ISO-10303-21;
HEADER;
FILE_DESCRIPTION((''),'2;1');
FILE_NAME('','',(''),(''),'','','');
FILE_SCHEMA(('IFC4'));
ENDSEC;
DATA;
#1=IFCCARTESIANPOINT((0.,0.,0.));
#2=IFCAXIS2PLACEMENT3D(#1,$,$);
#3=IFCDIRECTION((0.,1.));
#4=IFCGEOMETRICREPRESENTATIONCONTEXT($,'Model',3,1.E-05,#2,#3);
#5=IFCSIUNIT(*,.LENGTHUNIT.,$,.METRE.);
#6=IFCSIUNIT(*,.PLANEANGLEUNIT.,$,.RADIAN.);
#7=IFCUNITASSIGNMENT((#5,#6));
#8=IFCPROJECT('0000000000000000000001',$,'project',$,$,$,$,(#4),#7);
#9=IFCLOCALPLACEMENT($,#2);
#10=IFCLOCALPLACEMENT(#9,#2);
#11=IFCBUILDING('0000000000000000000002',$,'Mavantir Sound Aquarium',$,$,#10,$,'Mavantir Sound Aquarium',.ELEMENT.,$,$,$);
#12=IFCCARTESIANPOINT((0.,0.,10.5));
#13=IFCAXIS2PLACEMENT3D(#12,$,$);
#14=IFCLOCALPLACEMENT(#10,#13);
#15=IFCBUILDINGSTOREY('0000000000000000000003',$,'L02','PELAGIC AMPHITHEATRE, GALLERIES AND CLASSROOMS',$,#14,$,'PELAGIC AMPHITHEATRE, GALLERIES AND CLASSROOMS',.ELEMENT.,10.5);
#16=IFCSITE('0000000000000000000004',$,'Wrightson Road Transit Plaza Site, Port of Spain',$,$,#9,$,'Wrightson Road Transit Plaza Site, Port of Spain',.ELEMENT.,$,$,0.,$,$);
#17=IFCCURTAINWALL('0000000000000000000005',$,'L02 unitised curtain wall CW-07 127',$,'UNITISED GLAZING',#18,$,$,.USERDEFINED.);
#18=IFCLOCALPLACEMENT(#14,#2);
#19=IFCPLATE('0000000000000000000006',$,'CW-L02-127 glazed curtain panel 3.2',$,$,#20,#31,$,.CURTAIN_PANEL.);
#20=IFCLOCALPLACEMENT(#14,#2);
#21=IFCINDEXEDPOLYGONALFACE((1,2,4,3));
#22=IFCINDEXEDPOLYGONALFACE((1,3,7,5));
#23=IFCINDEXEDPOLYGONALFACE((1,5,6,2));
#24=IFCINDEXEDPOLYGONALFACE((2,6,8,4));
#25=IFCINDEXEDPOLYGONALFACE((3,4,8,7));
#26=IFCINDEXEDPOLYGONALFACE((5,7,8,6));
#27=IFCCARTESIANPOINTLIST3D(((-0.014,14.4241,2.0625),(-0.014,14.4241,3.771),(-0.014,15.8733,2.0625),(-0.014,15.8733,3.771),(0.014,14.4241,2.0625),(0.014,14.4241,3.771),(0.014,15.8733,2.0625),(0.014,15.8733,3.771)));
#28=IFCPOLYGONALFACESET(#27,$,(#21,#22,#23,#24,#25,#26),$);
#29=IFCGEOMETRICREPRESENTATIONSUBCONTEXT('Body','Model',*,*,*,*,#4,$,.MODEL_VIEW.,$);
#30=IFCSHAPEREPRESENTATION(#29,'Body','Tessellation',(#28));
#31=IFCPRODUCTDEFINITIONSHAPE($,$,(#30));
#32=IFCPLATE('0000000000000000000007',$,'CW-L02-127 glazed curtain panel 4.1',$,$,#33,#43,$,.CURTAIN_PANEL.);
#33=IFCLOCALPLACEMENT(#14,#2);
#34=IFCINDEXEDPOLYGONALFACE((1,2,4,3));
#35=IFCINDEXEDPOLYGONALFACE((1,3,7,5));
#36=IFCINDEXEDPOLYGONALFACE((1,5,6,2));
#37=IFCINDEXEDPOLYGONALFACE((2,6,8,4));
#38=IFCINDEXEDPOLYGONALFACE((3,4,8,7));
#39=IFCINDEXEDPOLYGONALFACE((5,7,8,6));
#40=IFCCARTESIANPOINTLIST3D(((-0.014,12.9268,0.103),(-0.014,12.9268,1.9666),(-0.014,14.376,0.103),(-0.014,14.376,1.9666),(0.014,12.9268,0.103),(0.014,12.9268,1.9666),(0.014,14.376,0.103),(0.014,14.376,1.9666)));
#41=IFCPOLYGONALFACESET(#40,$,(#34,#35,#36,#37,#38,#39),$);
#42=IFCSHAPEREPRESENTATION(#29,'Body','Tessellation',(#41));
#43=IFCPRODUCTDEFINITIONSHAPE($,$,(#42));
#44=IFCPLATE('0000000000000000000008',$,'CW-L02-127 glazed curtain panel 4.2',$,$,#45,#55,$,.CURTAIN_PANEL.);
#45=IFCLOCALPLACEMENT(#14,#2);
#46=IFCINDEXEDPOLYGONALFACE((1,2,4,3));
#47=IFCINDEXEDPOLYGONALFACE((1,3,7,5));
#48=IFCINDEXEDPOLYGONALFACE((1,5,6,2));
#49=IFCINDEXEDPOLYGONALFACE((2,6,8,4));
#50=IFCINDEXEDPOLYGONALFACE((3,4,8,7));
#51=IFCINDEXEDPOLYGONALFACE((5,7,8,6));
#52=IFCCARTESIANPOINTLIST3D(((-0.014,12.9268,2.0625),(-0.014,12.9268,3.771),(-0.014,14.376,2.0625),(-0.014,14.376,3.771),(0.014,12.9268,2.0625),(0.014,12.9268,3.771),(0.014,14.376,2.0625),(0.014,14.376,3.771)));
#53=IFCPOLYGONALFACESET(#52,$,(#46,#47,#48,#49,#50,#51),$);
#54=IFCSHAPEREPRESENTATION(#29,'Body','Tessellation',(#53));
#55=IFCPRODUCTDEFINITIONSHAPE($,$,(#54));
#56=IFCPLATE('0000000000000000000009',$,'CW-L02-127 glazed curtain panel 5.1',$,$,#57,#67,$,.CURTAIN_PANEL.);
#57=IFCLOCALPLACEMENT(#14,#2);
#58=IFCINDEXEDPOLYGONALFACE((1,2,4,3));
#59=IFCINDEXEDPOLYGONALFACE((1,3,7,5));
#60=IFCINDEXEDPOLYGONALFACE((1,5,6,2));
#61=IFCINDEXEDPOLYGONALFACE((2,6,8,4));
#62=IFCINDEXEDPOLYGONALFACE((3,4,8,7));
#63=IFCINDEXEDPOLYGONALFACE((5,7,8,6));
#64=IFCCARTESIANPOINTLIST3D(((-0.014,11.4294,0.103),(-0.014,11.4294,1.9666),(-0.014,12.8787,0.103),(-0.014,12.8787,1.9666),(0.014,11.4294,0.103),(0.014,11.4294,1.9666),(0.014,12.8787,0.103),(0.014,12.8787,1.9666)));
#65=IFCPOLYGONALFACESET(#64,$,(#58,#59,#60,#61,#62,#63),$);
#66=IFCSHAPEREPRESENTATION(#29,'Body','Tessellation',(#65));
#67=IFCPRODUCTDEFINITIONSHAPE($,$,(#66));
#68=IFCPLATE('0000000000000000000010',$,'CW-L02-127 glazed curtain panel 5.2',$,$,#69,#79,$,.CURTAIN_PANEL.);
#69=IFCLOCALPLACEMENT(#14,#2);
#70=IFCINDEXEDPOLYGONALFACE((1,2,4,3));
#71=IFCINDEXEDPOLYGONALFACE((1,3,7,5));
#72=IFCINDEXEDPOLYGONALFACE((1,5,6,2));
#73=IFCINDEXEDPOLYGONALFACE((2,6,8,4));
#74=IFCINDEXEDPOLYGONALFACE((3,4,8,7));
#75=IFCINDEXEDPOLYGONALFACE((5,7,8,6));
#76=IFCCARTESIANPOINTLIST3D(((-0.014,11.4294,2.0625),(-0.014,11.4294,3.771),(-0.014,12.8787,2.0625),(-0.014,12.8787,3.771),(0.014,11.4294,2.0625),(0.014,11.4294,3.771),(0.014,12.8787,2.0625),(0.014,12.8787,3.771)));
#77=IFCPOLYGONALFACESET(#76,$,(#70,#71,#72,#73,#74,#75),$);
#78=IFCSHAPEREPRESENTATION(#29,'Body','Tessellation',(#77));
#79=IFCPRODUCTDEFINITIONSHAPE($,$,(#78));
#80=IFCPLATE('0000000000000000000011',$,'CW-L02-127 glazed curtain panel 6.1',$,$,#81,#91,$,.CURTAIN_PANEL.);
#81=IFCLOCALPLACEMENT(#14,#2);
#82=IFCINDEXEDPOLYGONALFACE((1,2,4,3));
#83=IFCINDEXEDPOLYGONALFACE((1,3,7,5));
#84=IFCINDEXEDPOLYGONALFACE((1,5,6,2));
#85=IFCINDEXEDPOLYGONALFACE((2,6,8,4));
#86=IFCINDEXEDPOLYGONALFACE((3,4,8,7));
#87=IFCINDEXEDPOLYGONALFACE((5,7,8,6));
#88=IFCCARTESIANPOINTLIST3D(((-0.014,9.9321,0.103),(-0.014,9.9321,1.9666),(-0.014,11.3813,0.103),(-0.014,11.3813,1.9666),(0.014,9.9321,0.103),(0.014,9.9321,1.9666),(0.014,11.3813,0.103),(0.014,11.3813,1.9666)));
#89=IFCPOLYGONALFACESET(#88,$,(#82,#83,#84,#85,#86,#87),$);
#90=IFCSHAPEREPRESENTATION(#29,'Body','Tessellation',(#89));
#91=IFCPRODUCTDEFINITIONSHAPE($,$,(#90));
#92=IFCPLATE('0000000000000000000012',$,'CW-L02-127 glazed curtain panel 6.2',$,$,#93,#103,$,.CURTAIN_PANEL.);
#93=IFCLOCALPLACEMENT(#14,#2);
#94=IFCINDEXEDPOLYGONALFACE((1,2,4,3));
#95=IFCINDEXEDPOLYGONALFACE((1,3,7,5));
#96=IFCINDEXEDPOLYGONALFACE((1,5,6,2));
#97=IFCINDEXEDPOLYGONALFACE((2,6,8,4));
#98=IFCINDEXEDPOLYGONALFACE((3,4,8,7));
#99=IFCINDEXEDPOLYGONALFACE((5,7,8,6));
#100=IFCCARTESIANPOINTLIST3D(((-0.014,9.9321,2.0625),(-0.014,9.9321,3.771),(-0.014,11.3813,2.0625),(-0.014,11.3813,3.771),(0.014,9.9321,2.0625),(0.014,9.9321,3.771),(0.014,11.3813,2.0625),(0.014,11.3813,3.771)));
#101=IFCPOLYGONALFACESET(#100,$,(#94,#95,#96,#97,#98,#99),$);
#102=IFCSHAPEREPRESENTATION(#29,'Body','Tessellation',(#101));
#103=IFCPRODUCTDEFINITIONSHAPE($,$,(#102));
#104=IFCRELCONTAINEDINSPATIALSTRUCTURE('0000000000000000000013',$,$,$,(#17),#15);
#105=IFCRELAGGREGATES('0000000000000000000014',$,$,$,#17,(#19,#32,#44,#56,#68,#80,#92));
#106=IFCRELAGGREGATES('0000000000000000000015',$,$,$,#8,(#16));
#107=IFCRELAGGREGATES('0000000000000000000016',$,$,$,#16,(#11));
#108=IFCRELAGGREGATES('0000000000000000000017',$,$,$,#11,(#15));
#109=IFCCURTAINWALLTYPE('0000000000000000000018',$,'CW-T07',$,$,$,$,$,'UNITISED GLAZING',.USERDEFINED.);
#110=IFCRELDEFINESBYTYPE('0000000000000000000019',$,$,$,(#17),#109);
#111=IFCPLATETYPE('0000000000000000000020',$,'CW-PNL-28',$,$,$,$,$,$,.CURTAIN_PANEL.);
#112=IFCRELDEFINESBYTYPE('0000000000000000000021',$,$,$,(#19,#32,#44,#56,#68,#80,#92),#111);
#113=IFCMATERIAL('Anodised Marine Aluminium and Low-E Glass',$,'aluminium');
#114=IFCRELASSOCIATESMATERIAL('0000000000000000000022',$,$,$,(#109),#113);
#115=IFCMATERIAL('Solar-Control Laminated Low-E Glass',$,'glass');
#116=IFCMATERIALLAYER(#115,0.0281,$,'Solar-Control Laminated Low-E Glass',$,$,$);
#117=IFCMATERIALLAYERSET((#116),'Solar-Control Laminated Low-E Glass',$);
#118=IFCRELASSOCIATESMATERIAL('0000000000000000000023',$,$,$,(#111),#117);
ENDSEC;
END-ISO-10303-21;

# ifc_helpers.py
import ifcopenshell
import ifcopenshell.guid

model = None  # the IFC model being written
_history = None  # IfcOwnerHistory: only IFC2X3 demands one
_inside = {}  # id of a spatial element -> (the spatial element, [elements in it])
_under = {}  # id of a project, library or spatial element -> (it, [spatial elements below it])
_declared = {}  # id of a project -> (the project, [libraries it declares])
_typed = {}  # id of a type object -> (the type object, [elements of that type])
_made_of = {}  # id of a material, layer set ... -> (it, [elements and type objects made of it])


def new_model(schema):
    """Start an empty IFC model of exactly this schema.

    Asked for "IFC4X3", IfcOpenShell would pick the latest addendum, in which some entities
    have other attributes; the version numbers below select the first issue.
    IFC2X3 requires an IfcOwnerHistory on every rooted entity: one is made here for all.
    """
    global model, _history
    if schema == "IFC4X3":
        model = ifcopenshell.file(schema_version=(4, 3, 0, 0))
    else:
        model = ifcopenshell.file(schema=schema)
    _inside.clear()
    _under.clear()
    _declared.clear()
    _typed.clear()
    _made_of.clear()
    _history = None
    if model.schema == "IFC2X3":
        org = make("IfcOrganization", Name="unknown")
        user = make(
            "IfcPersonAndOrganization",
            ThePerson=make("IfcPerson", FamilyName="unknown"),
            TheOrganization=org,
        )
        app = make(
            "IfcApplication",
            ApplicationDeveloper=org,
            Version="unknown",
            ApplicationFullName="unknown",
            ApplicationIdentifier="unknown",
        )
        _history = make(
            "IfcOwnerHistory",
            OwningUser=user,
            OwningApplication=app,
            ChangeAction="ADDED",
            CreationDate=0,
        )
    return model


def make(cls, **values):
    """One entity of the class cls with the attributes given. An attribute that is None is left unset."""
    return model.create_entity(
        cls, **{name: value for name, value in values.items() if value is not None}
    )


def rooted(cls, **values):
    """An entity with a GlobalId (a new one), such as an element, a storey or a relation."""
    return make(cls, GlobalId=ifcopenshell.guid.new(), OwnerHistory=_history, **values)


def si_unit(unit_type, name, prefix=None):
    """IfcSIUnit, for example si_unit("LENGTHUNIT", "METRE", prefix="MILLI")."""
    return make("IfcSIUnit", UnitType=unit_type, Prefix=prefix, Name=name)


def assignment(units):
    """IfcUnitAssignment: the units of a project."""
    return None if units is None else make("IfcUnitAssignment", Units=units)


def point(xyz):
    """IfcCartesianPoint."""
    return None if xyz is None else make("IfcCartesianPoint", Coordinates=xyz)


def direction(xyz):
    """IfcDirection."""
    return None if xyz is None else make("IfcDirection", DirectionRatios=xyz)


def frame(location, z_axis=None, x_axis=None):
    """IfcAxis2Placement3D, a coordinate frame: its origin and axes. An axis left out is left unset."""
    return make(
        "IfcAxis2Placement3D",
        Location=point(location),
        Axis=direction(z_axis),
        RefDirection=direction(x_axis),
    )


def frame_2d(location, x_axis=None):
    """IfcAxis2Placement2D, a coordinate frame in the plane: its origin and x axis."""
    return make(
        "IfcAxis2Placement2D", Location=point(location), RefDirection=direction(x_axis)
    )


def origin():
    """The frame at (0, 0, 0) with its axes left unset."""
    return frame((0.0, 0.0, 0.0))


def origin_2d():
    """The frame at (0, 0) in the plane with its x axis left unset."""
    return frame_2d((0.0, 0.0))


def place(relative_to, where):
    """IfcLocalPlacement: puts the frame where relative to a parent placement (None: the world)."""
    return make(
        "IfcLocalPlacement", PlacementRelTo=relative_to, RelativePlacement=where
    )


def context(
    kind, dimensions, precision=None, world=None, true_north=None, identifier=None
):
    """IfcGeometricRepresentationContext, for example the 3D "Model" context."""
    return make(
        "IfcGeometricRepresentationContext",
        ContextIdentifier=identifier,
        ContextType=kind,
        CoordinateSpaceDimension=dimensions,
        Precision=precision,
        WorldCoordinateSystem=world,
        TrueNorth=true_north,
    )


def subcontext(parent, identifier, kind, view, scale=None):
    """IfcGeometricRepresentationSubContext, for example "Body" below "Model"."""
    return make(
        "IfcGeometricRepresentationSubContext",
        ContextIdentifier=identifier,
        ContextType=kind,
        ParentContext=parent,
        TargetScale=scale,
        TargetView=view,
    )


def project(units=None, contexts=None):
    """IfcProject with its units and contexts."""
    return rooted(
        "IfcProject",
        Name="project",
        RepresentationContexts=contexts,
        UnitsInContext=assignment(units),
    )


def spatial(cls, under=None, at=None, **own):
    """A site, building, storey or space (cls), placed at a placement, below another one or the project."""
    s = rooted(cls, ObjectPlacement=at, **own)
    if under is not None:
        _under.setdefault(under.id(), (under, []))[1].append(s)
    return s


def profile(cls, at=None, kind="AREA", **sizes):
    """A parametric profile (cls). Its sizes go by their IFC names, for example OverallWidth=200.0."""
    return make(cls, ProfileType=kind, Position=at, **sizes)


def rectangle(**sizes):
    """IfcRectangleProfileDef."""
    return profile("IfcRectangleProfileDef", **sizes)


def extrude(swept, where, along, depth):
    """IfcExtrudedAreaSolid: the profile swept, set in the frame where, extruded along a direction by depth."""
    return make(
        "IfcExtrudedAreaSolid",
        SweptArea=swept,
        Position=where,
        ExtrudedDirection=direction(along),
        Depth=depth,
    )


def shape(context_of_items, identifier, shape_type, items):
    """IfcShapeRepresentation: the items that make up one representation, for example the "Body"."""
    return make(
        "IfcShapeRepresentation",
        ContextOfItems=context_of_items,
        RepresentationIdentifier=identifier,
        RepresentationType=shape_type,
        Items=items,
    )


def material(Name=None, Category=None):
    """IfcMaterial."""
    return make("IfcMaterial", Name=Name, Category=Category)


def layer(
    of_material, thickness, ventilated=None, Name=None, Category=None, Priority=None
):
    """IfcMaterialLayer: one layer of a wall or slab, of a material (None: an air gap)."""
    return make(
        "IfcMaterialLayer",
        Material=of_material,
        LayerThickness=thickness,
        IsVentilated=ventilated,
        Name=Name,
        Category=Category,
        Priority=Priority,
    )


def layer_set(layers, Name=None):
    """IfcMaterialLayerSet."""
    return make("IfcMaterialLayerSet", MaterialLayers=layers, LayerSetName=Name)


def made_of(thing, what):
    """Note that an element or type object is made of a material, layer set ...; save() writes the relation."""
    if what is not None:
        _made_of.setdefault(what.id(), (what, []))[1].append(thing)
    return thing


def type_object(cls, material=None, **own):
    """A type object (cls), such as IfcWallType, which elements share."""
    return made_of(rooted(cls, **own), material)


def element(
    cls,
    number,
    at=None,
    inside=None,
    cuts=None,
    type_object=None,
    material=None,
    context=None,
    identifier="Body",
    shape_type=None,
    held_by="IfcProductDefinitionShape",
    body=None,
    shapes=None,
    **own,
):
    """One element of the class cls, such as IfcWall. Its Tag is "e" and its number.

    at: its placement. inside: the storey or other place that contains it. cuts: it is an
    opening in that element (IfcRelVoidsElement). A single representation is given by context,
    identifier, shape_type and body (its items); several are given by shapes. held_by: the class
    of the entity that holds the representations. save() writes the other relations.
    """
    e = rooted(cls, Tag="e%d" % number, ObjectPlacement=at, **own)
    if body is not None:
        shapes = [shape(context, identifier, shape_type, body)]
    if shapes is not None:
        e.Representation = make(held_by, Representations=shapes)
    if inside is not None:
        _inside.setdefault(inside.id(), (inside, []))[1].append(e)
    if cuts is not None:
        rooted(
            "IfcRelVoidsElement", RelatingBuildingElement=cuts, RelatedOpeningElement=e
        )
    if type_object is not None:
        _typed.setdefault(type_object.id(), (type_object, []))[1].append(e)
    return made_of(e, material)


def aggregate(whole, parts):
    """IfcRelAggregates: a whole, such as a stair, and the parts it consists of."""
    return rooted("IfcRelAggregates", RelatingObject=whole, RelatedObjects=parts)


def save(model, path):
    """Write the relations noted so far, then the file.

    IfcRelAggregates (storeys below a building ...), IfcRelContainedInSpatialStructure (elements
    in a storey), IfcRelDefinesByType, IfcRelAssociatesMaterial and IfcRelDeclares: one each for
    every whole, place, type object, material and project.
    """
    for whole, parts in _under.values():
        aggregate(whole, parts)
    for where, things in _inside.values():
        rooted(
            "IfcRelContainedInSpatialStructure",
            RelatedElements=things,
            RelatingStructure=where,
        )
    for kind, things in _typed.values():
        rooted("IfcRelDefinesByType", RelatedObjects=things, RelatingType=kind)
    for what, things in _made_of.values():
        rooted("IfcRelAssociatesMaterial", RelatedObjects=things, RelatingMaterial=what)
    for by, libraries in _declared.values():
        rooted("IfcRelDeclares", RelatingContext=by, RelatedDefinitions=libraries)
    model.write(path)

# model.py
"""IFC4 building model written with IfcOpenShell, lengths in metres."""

from ifc_helpers import new_model, si_unit, direction, frame, origin, origin_2d, place, context, subcontext, project, spatial, rectangle, extrude, material, layer, layer_set, type_object, element, aggregate, save


model = new_model("IFC4")

# Units and contexts
model_context = context("Model", 3, precision=1e-05, world=origin(), true_north=direction((0.0, 1.0)))
body_context = subcontext(model_context, "Body", "Model", "MODEL_VIEW")
ifc_project = project(units=[si_unit("LENGTHUNIT", "METRE"), si_unit("PLANEANGLEUNIT", "RADIAN")], contexts=[model_context])

# Site, building, storey
site_placement = place(None, origin())
site = spatial("IfcSite", under=ifc_project, at=site_placement, Name="Wrightson Road Transit Plaza Site, Port of Spain", LongName="Wrightson Road Transit Plaza Site, Port of Spain", CompositionType="ELEMENT", RefElevation=0.0)
building_placement = place(site_placement, origin())
building = spatial("IfcBuilding", under=site, at=building_placement, Name="Mavantir Sound Aquarium", LongName="Mavantir Sound Aquarium", CompositionType="ELEMENT")
storey_placement = place(building_placement, frame((0.0, 0.0, 10.5)))
storey = spatial("IfcBuildingStorey", under=building, at=storey_placement, Name="L02", Description="PELAGIC AMPHITHEATRE, GALLERIES AND CLASSROOMS", LongName="PELAGIC AMPHITHEATRE, GALLERIES AND CLASSROOMS", CompositionType="ELEMENT", Elevation=10.5)

# Curtain wall, plates
ifc_material_1 = material(Name="Anodised Marine Aluminium and Low-E Glass", Category="aluminium")
curtain_wall_type = type_object("IfcCurtainWallType", Name="CW-T07", ElementType="UNITISED GLAZING", PredefinedType="USERDEFINED", material=ifc_material_1)
curtain_wall_placement = place(storey_placement, origin())
curtain_wall = element("IfcCurtainWall", 1, at=curtain_wall_placement, inside=storey, type_object=curtain_wall_type, Name="L02 unitised curtain wall CW-07 127", ObjectType="UNITISED GLAZING", PredefinedType="USERDEFINED")
ifc_material_2 = material(Name="Solar-Control Laminated Low-E Glass", Category="glass")
ifc_layer = layer(ifc_material_2, 0.0281, Name="Solar-Control Laminated Low-E Glass")
ifc_layer_set = layer_set([ifc_layer], Name="Solar-Control Laminated Low-E Glass")
plate_type = type_object("IfcPlateType", Name="CW-PNL-28", PredefinedType="CURTAIN_PANEL", material=ifc_layer_set)
plate_1_placement = place(storey_placement, frame((0.0, 15.1487, 2.0625), z_axis=(0.0, 0.0, 1.0), x_axis=(0.0, -1.0, 0.0)))
plate_1 = element("IfcPlate", 2, at=plate_1_placement, type_object=plate_type, Name="CW-L02-127 glazed curtain panel 3.2", PredefinedType="CURTAIN_PANEL", context=body_context, shape_type="SweptSolid", body=[
    extrude(rectangle(XDim=1.4492, YDim=0.0281, at=origin_2d()), origin(), (0.0, 0.0, 1.0), 1.7085),
])
plate_2_placement = place(storey_placement, frame((0.0, 13.6514, 0.103), z_axis=(0.0, 0.0, 1.0), x_axis=(0.0, -1.0, 0.0)))
plate_2 = element("IfcPlate", 3, at=plate_2_placement, type_object=plate_type, Name="CW-L02-127 glazed curtain panel 4.1", PredefinedType="CURTAIN_PANEL", context=body_context, shape_type="SweptSolid", body=[
    extrude(rectangle(XDim=1.4492, YDim=0.0281, at=origin_2d()), origin(), (0.0, 0.0, 1.0), 1.8635),
])
plate_3_placement = place(storey_placement, frame((0.0, 13.6514, 2.0625), z_axis=(0.0, 0.0, 1.0), x_axis=(0.0, -1.0, 0.0)))
plate_3 = element("IfcPlate", 4, at=plate_3_placement, type_object=plate_type, Name="CW-L02-127 glazed curtain panel 4.2", PredefinedType="CURTAIN_PANEL", context=body_context, shape_type="SweptSolid", body=[
    extrude(rectangle(XDim=1.4492, YDim=0.0281, at=origin_2d()), origin(), (0.0, 0.0, 1.0), 1.7085),
])
plate_4_placement = place(storey_placement, frame((0.0, 12.1541, 0.103), z_axis=(0.0, 0.0, 1.0), x_axis=(0.0, -1.0, 0.0)))
plate_4 = element("IfcPlate", 5, at=plate_4_placement, type_object=plate_type, Name="CW-L02-127 glazed curtain panel 5.1", PredefinedType="CURTAIN_PANEL", context=body_context, shape_type="SweptSolid", body=[
    extrude(rectangle(XDim=1.4492, YDim=0.0281, at=origin_2d()), origin(), (0.0, 0.0, 1.0), 1.8635),
])
plate_5_placement = place(storey_placement, frame((0.0, 12.1541, 2.0625), z_axis=(0.0, 0.0, 1.0), x_axis=(0.0, -1.0, 0.0)))
plate_5 = element("IfcPlate", 6, at=plate_5_placement, type_object=plate_type, Name="CW-L02-127 glazed curtain panel 5.2", PredefinedType="CURTAIN_PANEL", context=body_context, shape_type="SweptSolid", body=[
    extrude(rectangle(XDim=1.4492, YDim=0.0281, at=origin_2d()), origin(), (0.0, 0.0, 1.0), 1.7085),
])
plate_6_placement = place(storey_placement, frame((0.0, 10.6567, 0.103), z_axis=(0.0, 0.0, 1.0), x_axis=(0.0, -1.0, 0.0)))
plate_6 = element("IfcPlate", 7, at=plate_6_placement, type_object=plate_type, Name="CW-L02-127 glazed curtain panel 6.1", PredefinedType="CURTAIN_PANEL", context=body_context, shape_type="SweptSolid", body=[
    extrude(rectangle(XDim=1.4492, YDim=0.0281, at=origin_2d()), origin(), (0.0, 0.0, 1.0), 1.8635),
])
plate_7_placement = place(storey_placement, frame((0.0, 10.6567, 2.0625), z_axis=(0.0, 0.0, 1.0), x_axis=(0.0, -1.0, 0.0)))
plate_7 = element("IfcPlate", 8, at=plate_7_placement, type_object=plate_type, Name="CW-L02-127 glazed curtain panel 6.2", PredefinedType="CURTAIN_PANEL", context=body_context, shape_type="SweptSolid", body=[
    extrude(rectangle(XDim=1.4492, YDim=0.0281, at=origin_2d()), origin(), (0.0, 0.0, 1.0), 1.7085),
])
aggregate(curtain_wall, [plate_1, plate_2, plate_3, plate_4, plate_5, plate_6, plate_7])

save(model, "model.ifc")
